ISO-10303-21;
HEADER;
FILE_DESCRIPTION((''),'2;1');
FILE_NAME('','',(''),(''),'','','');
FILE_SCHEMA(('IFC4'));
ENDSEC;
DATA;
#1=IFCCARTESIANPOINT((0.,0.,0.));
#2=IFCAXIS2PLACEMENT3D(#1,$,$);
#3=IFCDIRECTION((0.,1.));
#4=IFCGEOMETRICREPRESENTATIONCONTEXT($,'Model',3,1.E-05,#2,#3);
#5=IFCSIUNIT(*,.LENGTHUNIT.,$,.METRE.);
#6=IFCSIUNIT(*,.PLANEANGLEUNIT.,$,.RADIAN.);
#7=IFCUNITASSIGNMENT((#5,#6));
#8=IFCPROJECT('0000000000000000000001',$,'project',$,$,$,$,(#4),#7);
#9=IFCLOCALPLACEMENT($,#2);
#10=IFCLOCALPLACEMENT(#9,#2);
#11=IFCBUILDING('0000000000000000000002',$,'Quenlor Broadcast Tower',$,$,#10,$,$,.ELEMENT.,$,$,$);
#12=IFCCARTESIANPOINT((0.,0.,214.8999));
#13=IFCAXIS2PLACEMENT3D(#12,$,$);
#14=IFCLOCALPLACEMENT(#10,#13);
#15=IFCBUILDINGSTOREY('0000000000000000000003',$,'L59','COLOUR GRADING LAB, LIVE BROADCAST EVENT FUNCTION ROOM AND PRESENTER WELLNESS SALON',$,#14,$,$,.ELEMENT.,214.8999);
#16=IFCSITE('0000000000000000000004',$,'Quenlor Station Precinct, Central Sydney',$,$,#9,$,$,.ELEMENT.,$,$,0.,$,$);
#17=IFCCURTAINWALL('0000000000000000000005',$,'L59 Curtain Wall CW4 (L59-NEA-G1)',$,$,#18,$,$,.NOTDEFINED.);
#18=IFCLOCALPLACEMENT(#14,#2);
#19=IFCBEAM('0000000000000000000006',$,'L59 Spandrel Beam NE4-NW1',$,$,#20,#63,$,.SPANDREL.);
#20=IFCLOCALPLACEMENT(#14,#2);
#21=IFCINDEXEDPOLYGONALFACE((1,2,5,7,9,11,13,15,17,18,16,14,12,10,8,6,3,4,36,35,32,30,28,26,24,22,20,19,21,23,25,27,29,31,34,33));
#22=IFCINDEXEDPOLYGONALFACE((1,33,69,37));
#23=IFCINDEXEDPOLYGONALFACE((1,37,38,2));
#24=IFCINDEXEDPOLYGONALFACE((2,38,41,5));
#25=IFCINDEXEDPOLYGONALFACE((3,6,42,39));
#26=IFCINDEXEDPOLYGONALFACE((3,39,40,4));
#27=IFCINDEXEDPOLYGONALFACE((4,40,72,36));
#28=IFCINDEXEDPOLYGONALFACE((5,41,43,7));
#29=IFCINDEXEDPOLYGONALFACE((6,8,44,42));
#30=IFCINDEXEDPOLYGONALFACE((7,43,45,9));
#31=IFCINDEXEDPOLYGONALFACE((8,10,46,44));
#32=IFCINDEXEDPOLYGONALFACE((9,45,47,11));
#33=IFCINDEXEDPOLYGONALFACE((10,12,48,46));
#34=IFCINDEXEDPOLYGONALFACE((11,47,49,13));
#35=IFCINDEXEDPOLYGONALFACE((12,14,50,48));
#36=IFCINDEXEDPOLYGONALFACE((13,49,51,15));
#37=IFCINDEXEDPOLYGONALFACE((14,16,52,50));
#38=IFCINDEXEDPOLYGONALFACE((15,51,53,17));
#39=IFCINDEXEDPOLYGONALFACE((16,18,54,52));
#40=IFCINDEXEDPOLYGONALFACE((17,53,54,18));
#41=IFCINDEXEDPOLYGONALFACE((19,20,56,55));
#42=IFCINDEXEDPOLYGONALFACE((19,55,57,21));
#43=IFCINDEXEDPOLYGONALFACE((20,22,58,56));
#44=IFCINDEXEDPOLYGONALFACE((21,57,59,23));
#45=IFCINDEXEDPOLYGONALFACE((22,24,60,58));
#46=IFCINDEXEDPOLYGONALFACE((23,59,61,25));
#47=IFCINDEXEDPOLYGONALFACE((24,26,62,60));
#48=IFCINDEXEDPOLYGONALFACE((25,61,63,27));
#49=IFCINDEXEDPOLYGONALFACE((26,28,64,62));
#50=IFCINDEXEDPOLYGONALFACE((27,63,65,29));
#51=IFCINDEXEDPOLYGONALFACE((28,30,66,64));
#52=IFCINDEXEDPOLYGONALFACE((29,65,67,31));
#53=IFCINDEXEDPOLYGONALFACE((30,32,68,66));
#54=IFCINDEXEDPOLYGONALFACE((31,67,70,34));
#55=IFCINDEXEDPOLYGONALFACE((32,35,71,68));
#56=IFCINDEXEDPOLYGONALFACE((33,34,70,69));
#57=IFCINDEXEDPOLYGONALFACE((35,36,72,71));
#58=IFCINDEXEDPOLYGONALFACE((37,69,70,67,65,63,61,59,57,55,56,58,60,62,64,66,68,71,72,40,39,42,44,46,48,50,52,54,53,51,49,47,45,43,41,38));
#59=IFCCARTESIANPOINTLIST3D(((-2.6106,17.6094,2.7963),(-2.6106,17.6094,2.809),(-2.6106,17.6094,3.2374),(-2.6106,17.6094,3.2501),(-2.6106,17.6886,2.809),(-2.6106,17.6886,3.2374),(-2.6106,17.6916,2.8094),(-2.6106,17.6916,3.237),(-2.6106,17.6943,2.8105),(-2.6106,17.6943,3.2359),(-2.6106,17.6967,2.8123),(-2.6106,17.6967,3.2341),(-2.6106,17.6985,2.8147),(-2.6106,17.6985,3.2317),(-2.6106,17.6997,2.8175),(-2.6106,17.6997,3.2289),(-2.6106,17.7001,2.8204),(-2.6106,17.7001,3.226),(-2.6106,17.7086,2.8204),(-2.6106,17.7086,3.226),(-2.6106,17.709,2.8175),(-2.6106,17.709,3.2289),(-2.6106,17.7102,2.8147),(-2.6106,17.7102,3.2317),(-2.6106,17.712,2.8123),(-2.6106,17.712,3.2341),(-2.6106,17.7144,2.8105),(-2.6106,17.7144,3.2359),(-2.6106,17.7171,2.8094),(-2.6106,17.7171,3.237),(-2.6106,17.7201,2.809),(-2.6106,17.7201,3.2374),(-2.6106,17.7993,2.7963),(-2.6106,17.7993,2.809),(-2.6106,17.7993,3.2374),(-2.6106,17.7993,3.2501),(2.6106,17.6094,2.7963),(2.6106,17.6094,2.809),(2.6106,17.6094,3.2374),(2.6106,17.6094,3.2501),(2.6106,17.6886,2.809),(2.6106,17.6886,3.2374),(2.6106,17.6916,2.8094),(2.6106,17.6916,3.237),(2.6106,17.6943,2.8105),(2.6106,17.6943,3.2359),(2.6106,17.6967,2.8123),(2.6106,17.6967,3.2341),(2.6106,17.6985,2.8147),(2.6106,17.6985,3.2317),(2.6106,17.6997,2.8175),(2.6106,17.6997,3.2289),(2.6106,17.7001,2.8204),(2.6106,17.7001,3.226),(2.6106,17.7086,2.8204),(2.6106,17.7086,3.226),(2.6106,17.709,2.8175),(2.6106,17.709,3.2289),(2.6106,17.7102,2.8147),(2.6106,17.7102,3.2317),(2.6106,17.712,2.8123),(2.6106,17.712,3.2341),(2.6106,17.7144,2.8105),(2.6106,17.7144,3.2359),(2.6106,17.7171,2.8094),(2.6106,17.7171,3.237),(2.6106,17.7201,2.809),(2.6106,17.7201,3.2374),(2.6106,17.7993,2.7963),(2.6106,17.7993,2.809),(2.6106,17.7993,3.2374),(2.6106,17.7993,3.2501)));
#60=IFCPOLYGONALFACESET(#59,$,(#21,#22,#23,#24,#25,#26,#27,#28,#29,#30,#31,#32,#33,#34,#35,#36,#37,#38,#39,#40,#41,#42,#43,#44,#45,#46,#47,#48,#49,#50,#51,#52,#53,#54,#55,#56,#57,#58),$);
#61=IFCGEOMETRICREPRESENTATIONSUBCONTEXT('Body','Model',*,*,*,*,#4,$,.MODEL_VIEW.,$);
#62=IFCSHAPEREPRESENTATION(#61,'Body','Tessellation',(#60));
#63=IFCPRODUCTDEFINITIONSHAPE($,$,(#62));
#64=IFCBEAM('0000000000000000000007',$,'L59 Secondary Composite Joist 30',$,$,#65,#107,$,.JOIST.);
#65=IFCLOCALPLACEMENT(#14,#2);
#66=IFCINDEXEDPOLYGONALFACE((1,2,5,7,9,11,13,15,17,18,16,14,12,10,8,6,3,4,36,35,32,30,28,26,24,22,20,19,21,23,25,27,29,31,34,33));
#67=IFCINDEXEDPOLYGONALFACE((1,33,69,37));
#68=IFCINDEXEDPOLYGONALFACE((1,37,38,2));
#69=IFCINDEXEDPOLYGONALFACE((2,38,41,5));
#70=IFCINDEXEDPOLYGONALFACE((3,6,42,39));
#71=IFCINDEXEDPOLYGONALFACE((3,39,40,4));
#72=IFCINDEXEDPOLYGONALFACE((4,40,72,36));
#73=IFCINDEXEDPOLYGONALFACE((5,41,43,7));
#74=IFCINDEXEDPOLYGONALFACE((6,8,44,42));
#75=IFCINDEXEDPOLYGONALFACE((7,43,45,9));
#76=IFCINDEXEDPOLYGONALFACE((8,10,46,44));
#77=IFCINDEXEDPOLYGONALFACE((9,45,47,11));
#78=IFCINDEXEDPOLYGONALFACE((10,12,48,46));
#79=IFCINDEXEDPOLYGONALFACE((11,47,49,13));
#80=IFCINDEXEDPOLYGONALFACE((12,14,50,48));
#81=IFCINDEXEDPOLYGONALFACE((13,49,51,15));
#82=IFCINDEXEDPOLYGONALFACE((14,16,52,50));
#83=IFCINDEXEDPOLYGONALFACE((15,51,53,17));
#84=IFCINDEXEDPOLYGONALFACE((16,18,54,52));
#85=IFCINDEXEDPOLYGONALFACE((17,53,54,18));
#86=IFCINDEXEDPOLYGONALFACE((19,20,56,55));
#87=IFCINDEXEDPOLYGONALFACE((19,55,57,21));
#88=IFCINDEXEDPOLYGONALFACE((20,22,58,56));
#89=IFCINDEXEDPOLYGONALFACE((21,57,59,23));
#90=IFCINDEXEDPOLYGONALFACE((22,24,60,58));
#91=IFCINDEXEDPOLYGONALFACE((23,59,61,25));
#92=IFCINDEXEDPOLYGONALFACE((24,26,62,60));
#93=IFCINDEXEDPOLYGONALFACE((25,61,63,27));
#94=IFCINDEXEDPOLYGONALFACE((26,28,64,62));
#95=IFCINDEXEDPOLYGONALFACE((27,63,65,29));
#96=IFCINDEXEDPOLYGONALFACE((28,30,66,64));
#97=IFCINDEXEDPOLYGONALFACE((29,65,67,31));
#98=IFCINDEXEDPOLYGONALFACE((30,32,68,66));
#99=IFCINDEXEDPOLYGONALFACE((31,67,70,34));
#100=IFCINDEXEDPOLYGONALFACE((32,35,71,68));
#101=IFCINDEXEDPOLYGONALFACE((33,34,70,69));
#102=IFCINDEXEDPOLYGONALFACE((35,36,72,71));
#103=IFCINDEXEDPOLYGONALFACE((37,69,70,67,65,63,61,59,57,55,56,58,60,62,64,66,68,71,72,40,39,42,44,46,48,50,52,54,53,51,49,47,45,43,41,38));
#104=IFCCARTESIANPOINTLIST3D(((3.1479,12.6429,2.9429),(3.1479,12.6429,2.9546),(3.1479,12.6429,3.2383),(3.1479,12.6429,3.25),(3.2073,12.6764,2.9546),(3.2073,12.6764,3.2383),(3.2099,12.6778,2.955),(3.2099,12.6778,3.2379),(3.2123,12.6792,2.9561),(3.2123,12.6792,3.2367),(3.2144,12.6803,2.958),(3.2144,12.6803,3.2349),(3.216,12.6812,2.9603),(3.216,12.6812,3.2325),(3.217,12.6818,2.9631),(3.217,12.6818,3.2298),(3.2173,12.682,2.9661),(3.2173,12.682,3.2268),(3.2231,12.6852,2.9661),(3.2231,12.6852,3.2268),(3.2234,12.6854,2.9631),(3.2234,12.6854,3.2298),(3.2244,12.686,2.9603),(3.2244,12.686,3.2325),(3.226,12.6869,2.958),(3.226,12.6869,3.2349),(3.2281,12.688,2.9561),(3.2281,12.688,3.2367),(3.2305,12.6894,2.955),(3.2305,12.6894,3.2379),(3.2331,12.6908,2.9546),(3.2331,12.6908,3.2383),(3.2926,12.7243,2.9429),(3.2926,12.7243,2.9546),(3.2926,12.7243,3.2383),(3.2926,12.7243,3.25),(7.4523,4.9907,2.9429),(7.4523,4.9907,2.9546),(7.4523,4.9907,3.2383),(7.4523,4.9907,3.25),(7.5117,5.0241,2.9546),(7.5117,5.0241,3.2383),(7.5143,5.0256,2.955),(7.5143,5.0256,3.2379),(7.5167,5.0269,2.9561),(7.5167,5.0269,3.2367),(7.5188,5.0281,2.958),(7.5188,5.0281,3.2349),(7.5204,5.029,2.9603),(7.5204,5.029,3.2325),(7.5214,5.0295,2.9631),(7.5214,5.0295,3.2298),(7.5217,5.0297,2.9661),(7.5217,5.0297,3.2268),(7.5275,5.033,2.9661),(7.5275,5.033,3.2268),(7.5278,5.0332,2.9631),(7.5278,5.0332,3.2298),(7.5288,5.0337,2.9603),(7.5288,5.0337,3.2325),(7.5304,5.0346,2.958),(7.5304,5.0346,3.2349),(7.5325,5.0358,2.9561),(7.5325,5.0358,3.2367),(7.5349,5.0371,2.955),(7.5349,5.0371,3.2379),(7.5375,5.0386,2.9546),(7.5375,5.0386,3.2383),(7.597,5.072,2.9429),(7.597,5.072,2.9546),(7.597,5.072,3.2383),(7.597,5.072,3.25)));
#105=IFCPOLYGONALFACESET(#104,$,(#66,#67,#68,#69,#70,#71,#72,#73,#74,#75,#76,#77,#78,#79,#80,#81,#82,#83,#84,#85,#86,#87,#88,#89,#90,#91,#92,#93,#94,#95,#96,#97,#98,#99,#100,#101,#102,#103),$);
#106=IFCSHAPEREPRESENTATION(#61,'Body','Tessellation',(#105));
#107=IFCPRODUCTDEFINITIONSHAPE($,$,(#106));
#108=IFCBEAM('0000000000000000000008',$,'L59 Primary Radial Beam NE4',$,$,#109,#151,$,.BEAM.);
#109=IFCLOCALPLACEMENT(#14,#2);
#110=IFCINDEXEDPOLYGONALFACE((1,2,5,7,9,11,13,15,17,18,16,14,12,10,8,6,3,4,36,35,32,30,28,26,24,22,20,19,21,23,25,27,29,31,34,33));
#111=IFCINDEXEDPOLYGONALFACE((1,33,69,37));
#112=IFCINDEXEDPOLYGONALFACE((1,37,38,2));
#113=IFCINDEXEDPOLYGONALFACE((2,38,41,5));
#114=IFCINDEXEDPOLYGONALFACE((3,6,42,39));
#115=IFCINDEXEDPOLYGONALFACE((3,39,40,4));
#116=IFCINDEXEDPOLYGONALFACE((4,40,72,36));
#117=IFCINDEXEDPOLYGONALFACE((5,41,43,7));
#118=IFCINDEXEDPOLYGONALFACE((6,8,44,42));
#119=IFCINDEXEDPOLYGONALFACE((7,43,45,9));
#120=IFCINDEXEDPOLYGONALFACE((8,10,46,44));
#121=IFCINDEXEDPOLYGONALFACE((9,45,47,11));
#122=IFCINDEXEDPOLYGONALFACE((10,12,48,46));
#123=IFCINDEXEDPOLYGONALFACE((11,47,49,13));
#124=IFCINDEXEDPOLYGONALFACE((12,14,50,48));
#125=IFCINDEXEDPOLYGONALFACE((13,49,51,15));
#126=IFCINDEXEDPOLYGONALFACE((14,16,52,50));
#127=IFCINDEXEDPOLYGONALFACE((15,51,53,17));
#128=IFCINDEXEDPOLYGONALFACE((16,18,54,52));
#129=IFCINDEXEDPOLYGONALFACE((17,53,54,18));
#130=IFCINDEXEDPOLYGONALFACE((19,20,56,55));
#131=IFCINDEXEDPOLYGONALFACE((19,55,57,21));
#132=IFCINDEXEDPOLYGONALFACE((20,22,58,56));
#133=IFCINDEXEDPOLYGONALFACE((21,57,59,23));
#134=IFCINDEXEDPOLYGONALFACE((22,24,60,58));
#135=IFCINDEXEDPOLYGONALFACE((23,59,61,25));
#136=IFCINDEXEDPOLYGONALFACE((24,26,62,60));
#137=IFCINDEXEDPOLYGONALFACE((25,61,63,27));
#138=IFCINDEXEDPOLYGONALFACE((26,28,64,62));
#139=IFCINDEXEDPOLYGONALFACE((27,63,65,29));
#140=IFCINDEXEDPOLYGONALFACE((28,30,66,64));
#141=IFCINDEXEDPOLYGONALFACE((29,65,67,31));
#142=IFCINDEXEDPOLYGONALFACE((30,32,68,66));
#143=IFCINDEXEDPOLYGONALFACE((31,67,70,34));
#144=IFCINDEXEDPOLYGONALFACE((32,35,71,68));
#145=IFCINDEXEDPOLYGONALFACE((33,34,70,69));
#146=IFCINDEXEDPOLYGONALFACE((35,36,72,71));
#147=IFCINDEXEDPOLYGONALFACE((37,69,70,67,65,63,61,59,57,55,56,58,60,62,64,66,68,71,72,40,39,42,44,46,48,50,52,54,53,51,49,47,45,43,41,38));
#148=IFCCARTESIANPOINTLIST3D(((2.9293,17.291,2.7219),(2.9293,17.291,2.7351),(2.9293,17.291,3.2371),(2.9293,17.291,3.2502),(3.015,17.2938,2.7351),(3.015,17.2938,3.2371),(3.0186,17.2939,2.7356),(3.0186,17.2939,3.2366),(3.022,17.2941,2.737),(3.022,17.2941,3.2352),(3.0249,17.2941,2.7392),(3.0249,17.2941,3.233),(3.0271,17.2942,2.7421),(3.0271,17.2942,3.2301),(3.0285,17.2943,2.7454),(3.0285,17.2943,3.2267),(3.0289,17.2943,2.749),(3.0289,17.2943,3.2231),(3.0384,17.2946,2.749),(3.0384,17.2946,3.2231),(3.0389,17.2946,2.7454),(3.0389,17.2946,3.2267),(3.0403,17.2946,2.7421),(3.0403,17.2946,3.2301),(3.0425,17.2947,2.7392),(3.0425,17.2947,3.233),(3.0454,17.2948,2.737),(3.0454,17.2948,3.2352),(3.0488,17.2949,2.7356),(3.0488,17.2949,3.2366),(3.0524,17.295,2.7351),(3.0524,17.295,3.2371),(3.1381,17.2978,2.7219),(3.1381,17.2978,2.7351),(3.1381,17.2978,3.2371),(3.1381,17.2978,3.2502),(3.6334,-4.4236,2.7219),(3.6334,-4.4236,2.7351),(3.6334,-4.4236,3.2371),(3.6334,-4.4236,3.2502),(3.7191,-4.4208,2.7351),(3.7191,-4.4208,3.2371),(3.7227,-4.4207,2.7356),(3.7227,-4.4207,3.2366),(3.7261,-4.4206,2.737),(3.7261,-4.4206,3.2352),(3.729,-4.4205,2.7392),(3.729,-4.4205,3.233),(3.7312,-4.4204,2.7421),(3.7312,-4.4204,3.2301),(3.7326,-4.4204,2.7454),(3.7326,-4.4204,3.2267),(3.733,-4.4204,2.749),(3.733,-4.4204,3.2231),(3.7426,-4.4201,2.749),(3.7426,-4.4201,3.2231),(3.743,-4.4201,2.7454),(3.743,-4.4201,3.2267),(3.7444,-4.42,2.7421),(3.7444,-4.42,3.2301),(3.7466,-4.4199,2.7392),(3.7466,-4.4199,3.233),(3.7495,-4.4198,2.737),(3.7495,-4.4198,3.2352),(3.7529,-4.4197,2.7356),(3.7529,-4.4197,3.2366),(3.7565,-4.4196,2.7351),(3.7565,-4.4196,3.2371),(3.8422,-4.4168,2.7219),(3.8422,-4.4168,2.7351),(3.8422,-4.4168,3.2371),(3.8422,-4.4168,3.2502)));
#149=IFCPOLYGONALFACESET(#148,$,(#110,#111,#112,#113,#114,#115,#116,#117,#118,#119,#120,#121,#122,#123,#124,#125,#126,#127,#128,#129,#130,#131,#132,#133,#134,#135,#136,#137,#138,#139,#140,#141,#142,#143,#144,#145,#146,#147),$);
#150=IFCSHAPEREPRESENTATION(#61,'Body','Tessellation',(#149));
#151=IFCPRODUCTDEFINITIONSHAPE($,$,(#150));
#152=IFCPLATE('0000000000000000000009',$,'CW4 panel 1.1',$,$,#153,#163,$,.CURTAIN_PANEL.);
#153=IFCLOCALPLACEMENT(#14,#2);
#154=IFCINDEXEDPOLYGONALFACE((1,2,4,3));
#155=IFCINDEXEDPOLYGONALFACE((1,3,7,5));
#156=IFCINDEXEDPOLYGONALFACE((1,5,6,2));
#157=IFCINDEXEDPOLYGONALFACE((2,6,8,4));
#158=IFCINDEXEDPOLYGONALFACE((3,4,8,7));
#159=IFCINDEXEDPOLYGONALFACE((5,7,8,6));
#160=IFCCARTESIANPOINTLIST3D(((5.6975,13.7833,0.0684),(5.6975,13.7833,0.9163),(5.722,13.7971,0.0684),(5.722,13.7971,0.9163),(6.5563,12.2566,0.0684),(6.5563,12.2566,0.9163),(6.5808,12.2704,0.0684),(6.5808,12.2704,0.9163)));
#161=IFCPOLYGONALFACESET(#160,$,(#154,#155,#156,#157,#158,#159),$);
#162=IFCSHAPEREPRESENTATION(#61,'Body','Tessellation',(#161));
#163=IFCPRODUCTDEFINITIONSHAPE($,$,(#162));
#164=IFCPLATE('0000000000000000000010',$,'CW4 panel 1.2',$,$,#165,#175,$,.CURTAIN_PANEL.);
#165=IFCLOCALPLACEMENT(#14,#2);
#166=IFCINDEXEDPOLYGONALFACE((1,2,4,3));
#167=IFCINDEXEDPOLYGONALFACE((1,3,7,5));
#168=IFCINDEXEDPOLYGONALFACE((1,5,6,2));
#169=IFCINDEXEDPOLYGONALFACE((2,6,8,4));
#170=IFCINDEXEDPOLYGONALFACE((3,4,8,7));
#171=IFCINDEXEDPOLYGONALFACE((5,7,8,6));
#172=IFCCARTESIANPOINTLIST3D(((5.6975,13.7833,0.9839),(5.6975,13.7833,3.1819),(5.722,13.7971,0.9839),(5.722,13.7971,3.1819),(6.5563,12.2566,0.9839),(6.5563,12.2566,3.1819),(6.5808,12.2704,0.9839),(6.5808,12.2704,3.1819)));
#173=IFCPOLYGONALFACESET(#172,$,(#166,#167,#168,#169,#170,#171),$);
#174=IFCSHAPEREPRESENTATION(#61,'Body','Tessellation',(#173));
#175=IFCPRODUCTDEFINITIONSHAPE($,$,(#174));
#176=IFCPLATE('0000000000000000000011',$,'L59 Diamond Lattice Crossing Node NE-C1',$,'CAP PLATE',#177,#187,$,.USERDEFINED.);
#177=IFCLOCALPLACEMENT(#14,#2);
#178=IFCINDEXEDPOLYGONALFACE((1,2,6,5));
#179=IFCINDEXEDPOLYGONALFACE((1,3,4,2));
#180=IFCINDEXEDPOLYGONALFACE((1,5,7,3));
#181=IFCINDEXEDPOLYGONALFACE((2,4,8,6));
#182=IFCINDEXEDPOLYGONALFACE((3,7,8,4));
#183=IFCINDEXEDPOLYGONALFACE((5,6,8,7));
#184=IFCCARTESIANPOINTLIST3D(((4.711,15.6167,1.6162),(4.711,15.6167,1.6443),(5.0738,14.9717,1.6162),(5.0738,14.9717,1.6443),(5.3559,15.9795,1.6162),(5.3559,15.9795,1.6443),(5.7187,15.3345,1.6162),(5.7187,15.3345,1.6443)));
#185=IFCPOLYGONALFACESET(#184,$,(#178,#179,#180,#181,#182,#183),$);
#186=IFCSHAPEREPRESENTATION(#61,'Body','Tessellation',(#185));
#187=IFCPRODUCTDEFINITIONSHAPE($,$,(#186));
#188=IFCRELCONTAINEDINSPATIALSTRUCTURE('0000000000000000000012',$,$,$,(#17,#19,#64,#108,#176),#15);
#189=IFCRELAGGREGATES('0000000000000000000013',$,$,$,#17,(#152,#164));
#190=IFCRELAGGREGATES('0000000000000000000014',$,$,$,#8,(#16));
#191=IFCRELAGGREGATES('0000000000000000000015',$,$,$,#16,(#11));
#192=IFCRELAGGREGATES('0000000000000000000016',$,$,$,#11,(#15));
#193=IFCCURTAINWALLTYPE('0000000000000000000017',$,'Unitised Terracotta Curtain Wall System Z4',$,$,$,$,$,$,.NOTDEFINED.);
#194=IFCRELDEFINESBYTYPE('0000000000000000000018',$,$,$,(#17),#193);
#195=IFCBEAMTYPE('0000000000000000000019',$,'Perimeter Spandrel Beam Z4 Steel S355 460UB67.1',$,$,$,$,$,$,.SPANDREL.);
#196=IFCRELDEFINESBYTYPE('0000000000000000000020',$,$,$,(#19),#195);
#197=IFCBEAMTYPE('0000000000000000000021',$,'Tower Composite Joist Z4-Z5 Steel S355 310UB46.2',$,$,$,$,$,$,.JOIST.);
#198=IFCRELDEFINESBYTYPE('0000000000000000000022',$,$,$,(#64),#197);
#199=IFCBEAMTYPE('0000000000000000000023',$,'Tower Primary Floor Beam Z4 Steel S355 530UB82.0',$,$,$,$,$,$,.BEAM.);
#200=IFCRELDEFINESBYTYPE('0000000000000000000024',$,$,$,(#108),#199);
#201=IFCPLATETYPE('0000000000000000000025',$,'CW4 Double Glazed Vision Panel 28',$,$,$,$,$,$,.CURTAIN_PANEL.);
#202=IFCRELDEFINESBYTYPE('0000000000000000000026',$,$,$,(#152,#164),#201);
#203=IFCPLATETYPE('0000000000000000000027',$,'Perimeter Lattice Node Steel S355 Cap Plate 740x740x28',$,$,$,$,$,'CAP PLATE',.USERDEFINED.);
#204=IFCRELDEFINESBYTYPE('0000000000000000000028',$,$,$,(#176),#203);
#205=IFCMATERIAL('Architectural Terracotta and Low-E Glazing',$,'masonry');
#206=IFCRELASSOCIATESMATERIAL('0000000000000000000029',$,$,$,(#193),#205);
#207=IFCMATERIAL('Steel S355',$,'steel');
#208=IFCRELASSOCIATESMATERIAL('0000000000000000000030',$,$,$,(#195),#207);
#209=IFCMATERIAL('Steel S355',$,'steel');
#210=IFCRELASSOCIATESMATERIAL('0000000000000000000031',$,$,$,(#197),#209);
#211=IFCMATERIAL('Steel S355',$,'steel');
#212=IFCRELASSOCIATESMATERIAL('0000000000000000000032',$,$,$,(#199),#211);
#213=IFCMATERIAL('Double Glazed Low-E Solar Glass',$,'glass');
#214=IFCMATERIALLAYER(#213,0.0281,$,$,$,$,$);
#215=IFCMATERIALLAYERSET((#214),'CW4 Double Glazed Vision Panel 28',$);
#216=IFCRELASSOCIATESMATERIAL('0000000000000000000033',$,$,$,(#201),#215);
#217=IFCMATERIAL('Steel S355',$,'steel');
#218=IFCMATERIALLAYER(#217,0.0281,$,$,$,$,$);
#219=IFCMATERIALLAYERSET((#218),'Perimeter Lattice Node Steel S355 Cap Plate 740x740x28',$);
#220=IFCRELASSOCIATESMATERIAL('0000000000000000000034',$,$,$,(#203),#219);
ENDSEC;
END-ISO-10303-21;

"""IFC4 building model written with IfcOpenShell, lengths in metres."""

from ifc_helpers import new_model, si_unit, direction, frame, origin, origin_2d, place, context, subcontext, project, spatial, rectangle, i_section, extrude, material, layer, layer_set, material_profile, profile_set, type_object, element, aggregate, save


model = new_model("IFC4")

# Units and contexts
model_context = context("Model", 3, precision=1e-05, world=origin(), true_north=direction((0.0, 1.0)))
body_context = subcontext(model_context, "Body", "Model", "MODEL_VIEW")
ifc_project = project(units=[si_unit("LENGTHUNIT", "METRE"), si_unit("PLANEANGLEUNIT", "RADIAN")], contexts=[model_context])

# Site, building, storey
site_placement = place(None, origin())
site = spatial("IfcSite", under=ifc_project, at=site_placement, Name="Quenlor Station Precinct, Central Sydney", CompositionType="ELEMENT", RefElevation=0.0)
building_placement = place(site_placement, origin())
building = spatial("IfcBuilding", under=site, at=building_placement, Name="Quenlor Broadcast Tower", CompositionType="ELEMENT")
storey_placement = place(building_placement, frame((0.0, 0.0, 214.8999)))
storey = spatial("IfcBuildingStorey", under=building, at=storey_placement, Name="L59", Description="COLOUR GRADING LAB, LIVE BROADCAST EVENT FUNCTION ROOM AND PRESENTER WELLNESS SALON", CompositionType="ELEMENT", Elevation=214.8999)

# Curtain wall
ifc_material_1 = material(Name="Architectural Terracotta and Low-E Glazing", Category="masonry")
curtain_wall_type = type_object("IfcCurtainWallType", Name="Unitised Terracotta Curtain Wall System Z4", PredefinedType="NOTDEFINED", material=ifc_material_1)
curtain_wall_placement = place(storey_placement, origin())
curtain_wall = element("IfcCurtainWall", 1, at=curtain_wall_placement, inside=storey, type_object=curtain_wall_type, Name="L59 Curtain Wall CW4 (L59-NEA-G1)", PredefinedType="NOTDEFINED")

# Beams
ifc_material_2 = material(Name="Steel S355", Category="steel")
ifc_material_profile_1 = material_profile(ifc_material_2, i_section(OverallWidth=0.1899, OverallDepth=0.4539, WebThickness=0.0085, FlangeThickness=0.0127, FilletRadius=0.0115, at=origin_2d()))
ifc_profile_set_1 = profile_set([ifc_material_profile_1], Name="Steel S355 460UB67.1")
beam_type_1 = type_object("IfcBeamType", Name="Perimeter Spandrel Beam Z4 Steel S355 460UB67.1", PredefinedType="SPANDREL", material=ifc_profile_set_1)
beam_1_placement = place(storey_placement, frame((2.6106, 17.7043, 3.0232), z_axis=(-1.0, 0.0, 0.0), x_axis=(0.0, -1.0, 0.0)))
element("IfcBeam", 2, at=beam_1_placement, inside=storey, type_object=beam_type_1, Name="L59 Spandrel Beam NE4-NW1", PredefinedType="SPANDREL", context=body_context, shape_type="SweptSolid", body=[
    extrude(i_section(OverallWidth=0.1899, OverallDepth=0.4539, WebThickness=0.0085, FlangeThickness=0.0127, FilletRadius=0.0115, at=origin_2d()), origin(), (0.0, 0.0, 1.0), 5.2212),
])
ifc_material_3 = material(Name="Steel S355", Category="steel")
ifc_material_profile_2 = material_profile(ifc_material_3, i_section(OverallWidth=0.166, OverallDepth=0.3071, WebThickness=0.0066, FlangeThickness=0.0117, FilletRadius=0.0115, at=origin_2d()))
ifc_profile_set_2 = profile_set([ifc_material_profile_2], Name="Steel S355 310UB46.2")
beam_type_2 = type_object("IfcBeamType", Name="Tower Composite Joist Z4-Z5 Steel S355 310UB46.2", PredefinedType="JOIST", material=ifc_profile_set_2)
beam_2_placement = place(storey_placement, frame((3.2202, 12.6836, 3.0964), z_axis=(0.490261, -0.871576, 0.0), x_axis=(0.871576, 0.490261, 0.0)))
element("IfcBeam", 3, at=beam_2_placement, inside=storey, type_object=beam_type_2, Name="L59 Secondary Composite Joist 30", PredefinedType="JOIST", context=body_context, shape_type="SweptSolid", body=[
    extrude(i_section(OverallWidth=0.166, OverallDepth=0.3071, WebThickness=0.0066, FlangeThickness=0.0117, FilletRadius=0.0115, at=origin_2d()), origin(), (0.0, 0.0, 1.0), 8.7798),
])
ifc_material_4 = material(Name="Steel S355", Category="steel")
ifc_material_profile_3 = material_profile(ifc_material_4, i_section(OverallWidth=0.209, OverallDepth=0.5283, WebThickness=0.0095, FlangeThickness=0.0132, FilletRadius=0.0139, at=origin_2d()))
ifc_profile_set_3 = profile_set([ifc_material_profile_3], Name="Steel S355 530UB82.0")
beam_type_3 = type_object("IfcBeamType", Name="Tower Primary Floor Beam Z4 Steel S355 530UB82.0", PredefinedType="BEAM", material=ifc_profile_set_3)
beam_3_placement = place(storey_placement, frame((3.0337, 17.2944, 2.9861), z_axis=(0.032408, -0.999475, 0.0), x_axis=(0.999475, 0.032408, 0.0)))
element("IfcBeam", 4, at=beam_3_placement, inside=storey, type_object=beam_type_3, Name="L59 Primary Radial Beam NE4", PredefinedType="BEAM", context=body_context, shape_type="SweptSolid", body=[
    extrude(i_section(OverallWidth=0.209, OverallDepth=0.5283, WebThickness=0.0095, FlangeThickness=0.0132, FilletRadius=0.0139, at=origin_2d()), origin(), (0.0, 0.0, 1.0), 21.7261),
])

# Plates
ifc_material_5 = material(Name="Double Glazed Low-E Solar Glass", Category="glass")
ifc_layer_1 = layer(ifc_material_5, 0.0281)
ifc_layer_set_1 = layer_set([ifc_layer_1], Name="CW4 Double Glazed Vision Panel 28")
plate_type_1 = type_object("IfcPlateType", Name="CW4 Double Glazed Vision Panel 28", PredefinedType="CURTAIN_PANEL", material=ifc_layer_set_1)
plate_1_placement = place(storey_placement, frame((6.1392, 13.0269, 0.0684), z_axis=(0.0, 0.0, 1.0), x_axis=(0.49026, -0.871576, 0.0)))
plate_1 = element("IfcPlate", 5, at=plate_1_placement, type_object=plate_type_1, Name="CW4 panel 1.1", PredefinedType="CURTAIN_PANEL", context=body_context, shape_type="SweptSolid", body=[
    extrude(rectangle(XDim=1.7517, YDim=0.0281, at=origin_2d()), origin(), (0.0, 0.0, 1.0), 0.8479),
])
plate_2_placement = place(storey_placement, frame((6.1392, 13.0269, 0.9839), z_axis=(0.0, 0.0, 1.0), x_axis=(0.49026, -0.871576, 0.0)))
plate_2 = element("IfcPlate", 6, at=plate_2_placement, type_object=plate_type_1, Name="CW4 panel 1.2", PredefinedType="CURTAIN_PANEL", context=body_context, shape_type="SweptSolid", body=[
    extrude(rectangle(XDim=1.7517, YDim=0.0281, at=origin_2d()), origin(), (0.0, 0.0, 1.0), 2.198),
])
aggregate(curtain_wall, [plate_1, plate_2])

# Plate
ifc_material_6 = material(Name="Steel S355", Category="steel")
ifc_layer_2 = layer(ifc_material_6, 0.0281)
ifc_layer_set_2 = layer_set([ifc_layer_2], Name="Perimeter Lattice Node Steel S355 Cap Plate 740x740x28")
plate_type_2 = type_object("IfcPlateType", Name="Perimeter Lattice Node Steel S355 Cap Plate 740x740x28", ElementType="CAP PLATE", PredefinedType="USERDEFINED", material=ifc_layer_set_2)
plate_3_placement = place(storey_placement, frame((5.2148, 15.4756, 1.6162), z_axis=(0.0, 0.0, 1.0), x_axis=(0.490295, -0.871556, 0.0)))
element("IfcPlate", 7, at=plate_3_placement, inside=storey, type_object=plate_type_2, Name="L59 Diamond Lattice Crossing Node NE-C1", ObjectType="CAP PLATE", PredefinedType="USERDEFINED", context=body_context, shape_type="SweptSolid", body=[
    extrude(rectangle(XDim=0.74, YDim=0.74, at=origin_2d()), origin(), (0.0, 0.0, 1.0), 0.0281),
])

save(model, "model.ifc")
